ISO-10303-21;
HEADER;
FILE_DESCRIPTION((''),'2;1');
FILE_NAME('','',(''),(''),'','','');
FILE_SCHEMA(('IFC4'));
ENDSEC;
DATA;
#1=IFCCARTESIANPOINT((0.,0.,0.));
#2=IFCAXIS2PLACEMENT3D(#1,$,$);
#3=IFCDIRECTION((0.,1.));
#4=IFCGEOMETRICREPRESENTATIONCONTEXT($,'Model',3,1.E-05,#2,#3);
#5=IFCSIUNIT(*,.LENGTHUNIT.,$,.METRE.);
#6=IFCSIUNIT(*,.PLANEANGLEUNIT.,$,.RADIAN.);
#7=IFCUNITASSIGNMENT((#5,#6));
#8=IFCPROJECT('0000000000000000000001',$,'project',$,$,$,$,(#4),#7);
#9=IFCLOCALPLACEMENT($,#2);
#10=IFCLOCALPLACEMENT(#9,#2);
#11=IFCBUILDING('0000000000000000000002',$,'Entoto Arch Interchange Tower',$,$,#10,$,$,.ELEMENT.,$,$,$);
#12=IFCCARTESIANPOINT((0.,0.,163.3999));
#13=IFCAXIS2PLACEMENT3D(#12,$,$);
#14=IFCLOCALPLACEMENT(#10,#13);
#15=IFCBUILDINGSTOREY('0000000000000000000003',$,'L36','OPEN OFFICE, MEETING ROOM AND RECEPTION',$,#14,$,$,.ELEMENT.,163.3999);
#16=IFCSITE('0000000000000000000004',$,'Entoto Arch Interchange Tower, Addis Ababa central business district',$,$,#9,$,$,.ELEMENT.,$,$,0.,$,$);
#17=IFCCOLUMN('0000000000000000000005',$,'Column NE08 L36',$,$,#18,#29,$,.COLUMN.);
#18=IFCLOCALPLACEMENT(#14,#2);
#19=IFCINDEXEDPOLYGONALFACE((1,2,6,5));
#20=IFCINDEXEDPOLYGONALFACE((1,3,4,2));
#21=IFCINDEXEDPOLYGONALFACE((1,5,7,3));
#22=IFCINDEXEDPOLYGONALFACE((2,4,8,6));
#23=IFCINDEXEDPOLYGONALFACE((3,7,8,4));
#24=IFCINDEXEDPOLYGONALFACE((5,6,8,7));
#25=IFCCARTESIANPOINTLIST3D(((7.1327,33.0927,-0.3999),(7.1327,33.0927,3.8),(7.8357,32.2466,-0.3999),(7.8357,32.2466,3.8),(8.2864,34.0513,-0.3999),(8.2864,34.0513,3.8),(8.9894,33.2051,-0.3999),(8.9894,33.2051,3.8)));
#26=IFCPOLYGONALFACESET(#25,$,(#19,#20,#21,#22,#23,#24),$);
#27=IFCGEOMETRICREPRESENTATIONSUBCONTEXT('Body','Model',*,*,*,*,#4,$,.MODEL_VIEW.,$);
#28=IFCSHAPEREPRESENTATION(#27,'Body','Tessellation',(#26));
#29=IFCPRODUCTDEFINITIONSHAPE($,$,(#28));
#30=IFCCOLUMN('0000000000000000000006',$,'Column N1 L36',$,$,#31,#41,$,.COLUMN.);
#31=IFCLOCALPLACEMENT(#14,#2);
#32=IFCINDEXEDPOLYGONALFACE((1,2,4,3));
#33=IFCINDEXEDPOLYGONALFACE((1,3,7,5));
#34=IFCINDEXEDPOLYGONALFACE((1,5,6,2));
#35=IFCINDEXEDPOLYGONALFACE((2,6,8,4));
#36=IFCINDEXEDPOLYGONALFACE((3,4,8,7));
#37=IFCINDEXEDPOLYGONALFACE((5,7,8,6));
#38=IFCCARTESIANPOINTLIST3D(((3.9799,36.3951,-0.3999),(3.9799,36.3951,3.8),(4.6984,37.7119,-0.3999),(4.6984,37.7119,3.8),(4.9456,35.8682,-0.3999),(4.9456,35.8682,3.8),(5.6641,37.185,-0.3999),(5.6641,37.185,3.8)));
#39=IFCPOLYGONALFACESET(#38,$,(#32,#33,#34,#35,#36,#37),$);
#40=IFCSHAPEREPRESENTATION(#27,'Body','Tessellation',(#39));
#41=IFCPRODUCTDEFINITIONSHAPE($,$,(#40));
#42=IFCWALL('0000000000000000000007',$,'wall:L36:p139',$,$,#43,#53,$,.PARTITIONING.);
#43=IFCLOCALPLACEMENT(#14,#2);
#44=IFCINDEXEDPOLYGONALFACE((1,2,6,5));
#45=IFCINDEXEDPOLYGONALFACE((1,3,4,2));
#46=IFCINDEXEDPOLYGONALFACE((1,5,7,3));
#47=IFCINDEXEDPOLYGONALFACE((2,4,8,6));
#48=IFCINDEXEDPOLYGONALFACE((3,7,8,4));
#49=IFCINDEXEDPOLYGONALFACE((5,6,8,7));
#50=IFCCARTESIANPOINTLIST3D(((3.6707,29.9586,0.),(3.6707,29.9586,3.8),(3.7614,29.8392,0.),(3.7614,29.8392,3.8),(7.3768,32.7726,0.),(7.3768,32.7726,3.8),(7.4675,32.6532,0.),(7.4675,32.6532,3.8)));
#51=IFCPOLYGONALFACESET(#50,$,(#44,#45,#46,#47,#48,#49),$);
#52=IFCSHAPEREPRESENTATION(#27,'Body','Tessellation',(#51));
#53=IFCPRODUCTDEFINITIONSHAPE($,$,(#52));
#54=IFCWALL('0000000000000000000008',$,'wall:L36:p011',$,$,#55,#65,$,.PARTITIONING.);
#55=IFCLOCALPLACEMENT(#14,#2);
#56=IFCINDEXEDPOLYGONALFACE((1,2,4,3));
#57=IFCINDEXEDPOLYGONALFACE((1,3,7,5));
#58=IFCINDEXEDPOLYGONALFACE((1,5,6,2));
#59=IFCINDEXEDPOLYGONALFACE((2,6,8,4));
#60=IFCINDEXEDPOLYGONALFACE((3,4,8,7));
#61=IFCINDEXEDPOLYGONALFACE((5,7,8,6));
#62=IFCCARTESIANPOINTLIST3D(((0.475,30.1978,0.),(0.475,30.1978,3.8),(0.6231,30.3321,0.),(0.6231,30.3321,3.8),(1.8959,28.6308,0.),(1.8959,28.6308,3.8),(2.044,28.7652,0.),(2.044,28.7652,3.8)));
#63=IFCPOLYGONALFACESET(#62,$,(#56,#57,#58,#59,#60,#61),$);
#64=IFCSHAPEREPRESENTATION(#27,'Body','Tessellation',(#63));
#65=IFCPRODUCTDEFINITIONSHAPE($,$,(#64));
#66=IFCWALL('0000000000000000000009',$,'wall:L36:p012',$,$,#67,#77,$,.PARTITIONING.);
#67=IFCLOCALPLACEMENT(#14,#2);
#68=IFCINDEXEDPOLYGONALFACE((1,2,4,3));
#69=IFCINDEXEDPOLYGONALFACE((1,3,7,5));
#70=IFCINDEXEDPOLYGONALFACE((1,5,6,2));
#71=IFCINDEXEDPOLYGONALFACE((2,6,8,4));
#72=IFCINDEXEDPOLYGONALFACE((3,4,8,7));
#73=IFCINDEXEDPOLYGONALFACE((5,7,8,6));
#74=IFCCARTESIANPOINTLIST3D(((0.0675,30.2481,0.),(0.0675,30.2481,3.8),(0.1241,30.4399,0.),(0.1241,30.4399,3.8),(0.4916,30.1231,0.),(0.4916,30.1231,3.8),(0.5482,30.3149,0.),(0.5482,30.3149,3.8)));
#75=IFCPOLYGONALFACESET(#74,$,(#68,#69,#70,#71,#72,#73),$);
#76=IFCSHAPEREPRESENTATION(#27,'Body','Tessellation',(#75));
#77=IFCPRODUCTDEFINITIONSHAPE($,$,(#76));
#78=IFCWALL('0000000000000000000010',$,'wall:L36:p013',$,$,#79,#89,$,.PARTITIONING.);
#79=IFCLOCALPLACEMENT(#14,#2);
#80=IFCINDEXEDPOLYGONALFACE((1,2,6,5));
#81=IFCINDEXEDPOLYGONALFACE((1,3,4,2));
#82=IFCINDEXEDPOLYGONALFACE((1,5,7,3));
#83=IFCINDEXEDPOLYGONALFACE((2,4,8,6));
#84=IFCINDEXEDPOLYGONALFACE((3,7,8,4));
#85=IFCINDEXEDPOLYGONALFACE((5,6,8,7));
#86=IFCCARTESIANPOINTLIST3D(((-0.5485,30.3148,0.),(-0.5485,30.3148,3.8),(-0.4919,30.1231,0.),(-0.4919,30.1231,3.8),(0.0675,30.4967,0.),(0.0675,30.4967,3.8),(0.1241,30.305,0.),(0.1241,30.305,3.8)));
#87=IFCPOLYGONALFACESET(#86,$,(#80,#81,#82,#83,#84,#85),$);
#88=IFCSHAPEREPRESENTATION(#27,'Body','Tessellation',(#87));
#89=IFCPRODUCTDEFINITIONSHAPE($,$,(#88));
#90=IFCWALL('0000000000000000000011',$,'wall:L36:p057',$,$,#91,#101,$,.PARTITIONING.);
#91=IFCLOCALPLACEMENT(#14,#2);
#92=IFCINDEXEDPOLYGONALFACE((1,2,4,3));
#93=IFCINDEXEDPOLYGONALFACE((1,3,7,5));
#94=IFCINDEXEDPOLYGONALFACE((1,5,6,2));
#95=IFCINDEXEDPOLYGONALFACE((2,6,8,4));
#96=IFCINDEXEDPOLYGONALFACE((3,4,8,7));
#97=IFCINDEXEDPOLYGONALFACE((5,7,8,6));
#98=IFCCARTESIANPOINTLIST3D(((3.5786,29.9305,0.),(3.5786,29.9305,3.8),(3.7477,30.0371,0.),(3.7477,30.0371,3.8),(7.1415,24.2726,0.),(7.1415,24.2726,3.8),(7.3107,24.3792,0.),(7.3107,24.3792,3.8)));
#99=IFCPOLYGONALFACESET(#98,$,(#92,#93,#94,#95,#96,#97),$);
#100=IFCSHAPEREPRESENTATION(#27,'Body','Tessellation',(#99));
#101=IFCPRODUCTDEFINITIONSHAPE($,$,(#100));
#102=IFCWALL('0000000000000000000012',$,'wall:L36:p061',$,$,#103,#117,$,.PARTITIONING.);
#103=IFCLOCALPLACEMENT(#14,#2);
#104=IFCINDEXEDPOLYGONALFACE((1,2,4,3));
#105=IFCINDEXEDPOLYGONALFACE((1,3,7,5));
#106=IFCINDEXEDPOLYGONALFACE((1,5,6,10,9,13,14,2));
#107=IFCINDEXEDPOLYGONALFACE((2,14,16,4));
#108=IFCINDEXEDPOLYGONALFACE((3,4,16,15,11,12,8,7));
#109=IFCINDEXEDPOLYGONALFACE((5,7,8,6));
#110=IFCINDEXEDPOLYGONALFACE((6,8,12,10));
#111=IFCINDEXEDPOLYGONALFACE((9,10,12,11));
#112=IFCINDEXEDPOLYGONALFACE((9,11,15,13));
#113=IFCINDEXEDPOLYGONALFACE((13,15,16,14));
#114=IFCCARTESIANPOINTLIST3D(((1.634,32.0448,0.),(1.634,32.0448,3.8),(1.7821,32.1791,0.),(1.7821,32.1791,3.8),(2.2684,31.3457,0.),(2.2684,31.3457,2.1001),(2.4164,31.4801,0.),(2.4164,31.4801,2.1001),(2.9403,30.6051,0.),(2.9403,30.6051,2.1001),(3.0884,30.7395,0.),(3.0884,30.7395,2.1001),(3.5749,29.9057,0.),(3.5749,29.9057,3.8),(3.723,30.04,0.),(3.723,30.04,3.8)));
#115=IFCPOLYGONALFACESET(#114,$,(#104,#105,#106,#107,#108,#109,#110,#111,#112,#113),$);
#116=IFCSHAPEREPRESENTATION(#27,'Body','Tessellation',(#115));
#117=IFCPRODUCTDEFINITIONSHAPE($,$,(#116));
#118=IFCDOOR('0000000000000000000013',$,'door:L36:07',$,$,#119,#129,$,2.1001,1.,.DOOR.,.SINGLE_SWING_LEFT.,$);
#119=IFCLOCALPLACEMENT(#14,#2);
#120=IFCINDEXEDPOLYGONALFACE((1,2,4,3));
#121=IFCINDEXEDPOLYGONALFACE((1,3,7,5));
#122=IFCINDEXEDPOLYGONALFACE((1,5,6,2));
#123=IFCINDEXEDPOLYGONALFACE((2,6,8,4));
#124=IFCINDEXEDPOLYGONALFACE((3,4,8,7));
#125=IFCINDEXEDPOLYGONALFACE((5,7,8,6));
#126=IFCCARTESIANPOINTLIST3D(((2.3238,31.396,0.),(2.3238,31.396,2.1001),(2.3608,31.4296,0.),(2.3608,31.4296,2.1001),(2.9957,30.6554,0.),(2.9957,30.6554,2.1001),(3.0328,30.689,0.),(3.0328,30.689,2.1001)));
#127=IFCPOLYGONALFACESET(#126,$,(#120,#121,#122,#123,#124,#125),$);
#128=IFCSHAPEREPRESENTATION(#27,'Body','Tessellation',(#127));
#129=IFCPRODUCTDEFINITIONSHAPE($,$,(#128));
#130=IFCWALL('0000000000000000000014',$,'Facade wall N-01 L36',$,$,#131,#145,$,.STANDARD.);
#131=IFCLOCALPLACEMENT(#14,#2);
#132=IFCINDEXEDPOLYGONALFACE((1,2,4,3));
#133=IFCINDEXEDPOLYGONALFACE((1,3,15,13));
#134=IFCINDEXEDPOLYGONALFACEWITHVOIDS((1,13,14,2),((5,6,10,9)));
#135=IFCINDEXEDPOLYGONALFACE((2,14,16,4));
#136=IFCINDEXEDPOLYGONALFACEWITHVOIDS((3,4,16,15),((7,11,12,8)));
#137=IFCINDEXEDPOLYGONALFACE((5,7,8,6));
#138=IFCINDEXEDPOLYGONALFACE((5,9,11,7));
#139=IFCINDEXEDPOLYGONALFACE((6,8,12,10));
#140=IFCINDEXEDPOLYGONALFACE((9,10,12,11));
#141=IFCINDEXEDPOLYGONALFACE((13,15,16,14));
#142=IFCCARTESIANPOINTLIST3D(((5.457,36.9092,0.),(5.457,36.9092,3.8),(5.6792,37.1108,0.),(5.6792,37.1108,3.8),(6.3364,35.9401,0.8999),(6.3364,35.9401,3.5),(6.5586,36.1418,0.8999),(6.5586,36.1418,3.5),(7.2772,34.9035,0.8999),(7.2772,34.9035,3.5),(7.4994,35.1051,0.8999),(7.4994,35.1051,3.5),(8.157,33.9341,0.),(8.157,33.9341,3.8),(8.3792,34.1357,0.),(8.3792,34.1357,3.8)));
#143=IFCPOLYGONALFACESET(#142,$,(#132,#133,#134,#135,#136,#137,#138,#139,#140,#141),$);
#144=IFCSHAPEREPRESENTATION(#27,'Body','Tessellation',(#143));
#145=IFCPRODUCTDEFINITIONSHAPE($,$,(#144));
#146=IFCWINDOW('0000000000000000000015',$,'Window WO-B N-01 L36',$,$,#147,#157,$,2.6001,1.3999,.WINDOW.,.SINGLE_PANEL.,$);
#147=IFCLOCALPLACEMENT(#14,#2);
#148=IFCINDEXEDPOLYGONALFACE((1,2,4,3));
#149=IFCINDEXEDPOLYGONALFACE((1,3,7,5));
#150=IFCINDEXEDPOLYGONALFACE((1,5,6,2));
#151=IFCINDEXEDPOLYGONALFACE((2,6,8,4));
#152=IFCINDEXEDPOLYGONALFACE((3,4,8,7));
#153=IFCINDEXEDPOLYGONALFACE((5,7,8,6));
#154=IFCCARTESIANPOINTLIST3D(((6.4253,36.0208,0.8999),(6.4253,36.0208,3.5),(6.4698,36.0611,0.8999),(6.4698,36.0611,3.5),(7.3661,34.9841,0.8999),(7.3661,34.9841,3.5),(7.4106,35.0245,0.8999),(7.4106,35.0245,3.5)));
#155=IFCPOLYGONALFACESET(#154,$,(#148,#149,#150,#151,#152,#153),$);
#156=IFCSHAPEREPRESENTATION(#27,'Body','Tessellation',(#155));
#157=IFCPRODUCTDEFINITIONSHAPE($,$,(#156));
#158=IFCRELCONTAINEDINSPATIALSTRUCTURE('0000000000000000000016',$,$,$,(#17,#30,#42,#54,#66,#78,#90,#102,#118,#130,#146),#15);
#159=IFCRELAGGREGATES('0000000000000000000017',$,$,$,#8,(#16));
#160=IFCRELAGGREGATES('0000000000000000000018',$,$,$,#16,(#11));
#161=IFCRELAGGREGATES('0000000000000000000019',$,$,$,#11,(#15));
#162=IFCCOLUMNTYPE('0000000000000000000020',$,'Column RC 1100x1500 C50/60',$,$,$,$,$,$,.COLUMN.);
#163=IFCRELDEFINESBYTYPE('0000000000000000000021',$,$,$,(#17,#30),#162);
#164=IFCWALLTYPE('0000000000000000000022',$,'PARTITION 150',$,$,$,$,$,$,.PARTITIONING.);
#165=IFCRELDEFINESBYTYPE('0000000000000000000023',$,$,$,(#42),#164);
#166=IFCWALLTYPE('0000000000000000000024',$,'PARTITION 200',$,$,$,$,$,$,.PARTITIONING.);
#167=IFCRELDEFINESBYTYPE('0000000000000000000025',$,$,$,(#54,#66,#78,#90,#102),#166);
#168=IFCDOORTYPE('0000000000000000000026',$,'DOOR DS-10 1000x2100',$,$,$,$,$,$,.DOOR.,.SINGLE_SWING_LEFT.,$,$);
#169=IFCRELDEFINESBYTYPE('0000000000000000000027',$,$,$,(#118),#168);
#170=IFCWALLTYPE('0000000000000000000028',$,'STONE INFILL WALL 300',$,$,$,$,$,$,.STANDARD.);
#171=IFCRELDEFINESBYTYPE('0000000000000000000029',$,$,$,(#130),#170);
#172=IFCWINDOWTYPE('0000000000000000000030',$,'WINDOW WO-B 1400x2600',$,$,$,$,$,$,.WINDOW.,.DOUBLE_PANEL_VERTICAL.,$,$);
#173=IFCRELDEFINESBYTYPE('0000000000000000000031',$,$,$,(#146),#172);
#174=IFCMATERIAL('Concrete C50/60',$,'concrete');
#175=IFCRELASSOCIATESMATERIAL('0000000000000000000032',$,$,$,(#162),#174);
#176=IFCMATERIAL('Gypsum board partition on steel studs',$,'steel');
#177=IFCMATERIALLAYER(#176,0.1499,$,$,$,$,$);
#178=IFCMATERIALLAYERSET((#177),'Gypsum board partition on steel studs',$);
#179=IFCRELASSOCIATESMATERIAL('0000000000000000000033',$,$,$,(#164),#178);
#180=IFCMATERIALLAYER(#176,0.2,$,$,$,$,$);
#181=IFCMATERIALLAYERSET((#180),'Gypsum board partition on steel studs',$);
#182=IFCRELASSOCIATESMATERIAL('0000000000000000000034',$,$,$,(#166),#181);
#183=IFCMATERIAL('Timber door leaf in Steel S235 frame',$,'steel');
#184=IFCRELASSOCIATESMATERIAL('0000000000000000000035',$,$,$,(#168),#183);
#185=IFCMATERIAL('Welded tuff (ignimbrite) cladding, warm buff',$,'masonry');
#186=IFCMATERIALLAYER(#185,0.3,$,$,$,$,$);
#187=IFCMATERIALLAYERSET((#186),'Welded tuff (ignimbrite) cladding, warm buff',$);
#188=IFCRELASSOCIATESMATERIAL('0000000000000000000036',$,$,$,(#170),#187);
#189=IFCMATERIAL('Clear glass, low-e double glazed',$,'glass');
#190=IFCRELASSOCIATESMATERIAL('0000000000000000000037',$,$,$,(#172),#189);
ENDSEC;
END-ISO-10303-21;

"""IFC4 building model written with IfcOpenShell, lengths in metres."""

from ifc_helpers import new_model, si_unit, direction, frame, frame_2d, origin, origin_2d, place, context, subcontext, project, spatial, rectangle, extrude, material, layer, layer_set, material_profile, profile_set, type_object, element, fill, save


model = new_model("IFC4")

# Units and contexts
model_context = context("Model", 3, precision=1e-05, world=origin(), true_north=direction((0.0, 1.0)))
body_context = subcontext(model_context, "Body", "Model", "MODEL_VIEW")
ifc_project = project(units=[si_unit("LENGTHUNIT", "METRE"), si_unit("PLANEANGLEUNIT", "RADIAN")], contexts=[model_context])

# Site, building, storey
site_placement = place(None, origin())
site = spatial("IfcSite", under=ifc_project, at=site_placement, Name="Entoto Arch Interchange Tower, Addis Ababa central business district", CompositionType="ELEMENT", RefElevation=0.0)
building_placement = place(site_placement, origin())
building = spatial("IfcBuilding", under=site, at=building_placement, Name="Entoto Arch Interchange Tower", CompositionType="ELEMENT")
storey_placement = place(building_placement, frame((0.0, 0.0, 163.3999)))
storey = spatial("IfcBuildingStorey", under=building, at=storey_placement, Name="L36", Description="OPEN OFFICE, MEETING ROOM AND RECEPTION", CompositionType="ELEMENT", Elevation=163.3999)

# Columns
ifc_material_1 = material(Name="Concrete C50/60", Category="concrete")
ifc_material_profile = material_profile(ifc_material_1, rectangle(XDim=1.1001, YDim=1.5, at=origin_2d()))
ifc_profile_set = profile_set([ifc_material_profile], Name="Concrete C50/60")
column_type = type_object("IfcColumnType", Name="Column RC 1100x1500 C50/60", PredefinedType="COLUMN", material=ifc_profile_set)
for number, where, z_axis, x_axis, name in (
    (1, (8.061, 33.1489, -0.3999), (0.0, 0.0, 1.0), (-0.63905, 0.769165, 0.0), "Column NE08 L36"),
    (2, (4.822, 36.79, -0.3999), (0.0, 0.0, 1.0), (-0.877833, 0.478968, 0.0), "Column N1 L36"),
):
    element("IfcColumn", number, at=place(storey_placement, frame(where, z_axis=z_axis, x_axis=x_axis)), inside=storey, type_object=column_type, Name=name, PredefinedType="COLUMN", context=body_context, shape_type="SweptSolid", body=[
        extrude(rectangle(XDim=1.1001, YDim=1.5, at=origin_2d()), origin(), (0.0, 0.0, 1.0), 4.2),
    ])

# Walls
ifc_material_2 = material(Name="Gypsum board partition on steel studs", Category="steel")
ifc_layer_1 = layer(ifc_material_2, 0.1499)
ifc_layer_set_1 = layer_set([ifc_layer_1], Name="Gypsum board partition on steel studs")
wall_type_1 = type_object("IfcWallType", Name="PARTITION 150", PredefinedType="PARTITIONING", material=ifc_layer_set_1)
wall_1_placement = place(storey_placement, frame((3.7161, 29.8989, 0.0), z_axis=(0.0, 0.0, 1.0), x_axis=(0.796435, 0.604724, 0.0)))
element("IfcWall", 3, at=wall_1_placement, inside=storey, type_object=wall_type_1, Name="wall:L36:p139", PredefinedType="PARTITIONING", context=body_context, shape_type="SweptSolid", body=[
    extrude(rectangle(XDim=4.6533, YDim=0.1499, at=frame_2d((2.3267, 0.0))), origin(), (0.0, 0.0, 1.0), 3.8),
])
ifc_layer_2 = layer(ifc_material_2, 0.2)
ifc_layer_set_2 = layer_set([ifc_layer_2], Name="Gypsum board partition on steel studs")
wall_type_2 = type_object("IfcWallType", Name="PARTITION 200", PredefinedType="PARTITIONING", material=ifc_layer_set_2)
wall_2_placement = place(storey_placement, frame((1.97, 28.698, 0.0), z_axis=(0.0, 0.0, 1.0), x_axis=(-0.671753, 0.740775, 0.0)))
element("IfcWall", 4, at=wall_2_placement, inside=storey, type_object=wall_type_2, Name="wall:L36:p011", PredefinedType="PARTITIONING", context=body_context, shape_type="SweptSolid", body=[
    extrude(rectangle(XDim=2.1152, YDim=0.2, at=frame_2d((1.0576, 0.0))), origin(), (0.0, 0.0, 1.0), 3.8),
])
wall_3_placement = place(storey_placement, frame((0.52, 30.219, 0.0), z_axis=(0.0, 0.0, 1.0), x_axis=(-0.959198, 0.282734, 0.0)))
element("IfcWall", 5, at=wall_3_placement, inside=storey, type_object=wall_type_2, Name="wall:L36:p012", PredefinedType="PARTITIONING", context=body_context, shape_type="SweptSolid", body=[
    extrude(rectangle(XDim=0.4421, YDim=0.2, at=frame_2d((0.2212, 0.0))), origin(), (0.0, 0.0, 1.0), 3.8),
])
wall_4_placement = place(storey_placement, frame((0.0959, 30.4009, 0.0), z_axis=(0.0, 0.0, 1.0), x_axis=(-0.959062, -0.283195, 0.0)))
element("IfcWall", 6, at=wall_4_placement, inside=storey, type_object=wall_type_2, Name="wall:L36:p013", PredefinedType="PARTITIONING", context=body_context, shape_type="SweptSolid", body=[
    extrude(rectangle(XDim=0.6423, YDim=0.2, at=frame_2d((0.3213, 0.0))), origin(), (0.0, 0.0, 1.0), 3.8),
])
wall_5_placement = place(storey_placement, frame((3.6631, 29.9839, 0.0), z_axis=(0.0, 0.0, 1.0), x_axis=(0.532874, -0.846194, 0.0)))
element("IfcWall", 7, at=wall_5_placement, inside=storey, type_object=wall_type_2, Name="wall:L36:p057", PredefinedType="PARTITIONING", context=body_context, shape_type="SweptSolid", body=[
    extrude(rectangle(XDim=6.6863, YDim=0.2, at=frame_2d((3.3433, 0.0))), origin(), (0.0, 0.0, 1.0), 3.8),
])

# Wall, opening, door
wall_6_placement = place(storey_placement, frame((1.708, 32.1121, 0.0), z_axis=(0.0, 0.0, 1.0), x_axis=(0.671957, -0.74059, 0.0)))
wall_6 = element("IfcWall", 8, at=wall_6_placement, inside=storey, type_object=wall_type_2, Name="wall:L36:p061", PredefinedType="PARTITIONING", context=body_context, shape_type="SweptSolid", body=[
    extrude(rectangle(XDim=2.8884, YDim=0.2, at=frame_2d((1.4443, 0.0))), origin(), (0.0, 0.0, 1.0), 3.8),
])
opening_1_placement = place(wall_6_placement, frame((0.9441, 0.0, 0.0)))
opening_1 = element("IfcOpeningElement", 9, at=opening_1_placement, cuts=wall_6, PredefinedType="OPENING", context=body_context, shape_type="SweptSolid", body=[
    extrude(rectangle(XDim=1.0, YDim=2.1001, at=frame_2d((0.5, 1.05))), frame((0.0, 0.1099, 0.0), z_axis=(0.0, -1.0, 0.0), x_axis=(1.0, 0.0, 0.0)), (0.0, 0.0, 1.0), 0.22),
])
ifc_material_3 = material(Name="Timber door leaf in Steel S235 frame", Category="steel")
door_type = type_object("IfcDoorType", Name="DOOR DS-10 1000x2100", OperationType="SINGLE_SWING_LEFT", PredefinedType="DOOR", material=ifc_material_3)
door_placement = place(opening_1_placement, origin())
door = element("IfcDoor", 10, at=door_placement, inside=storey, type_object=door_type, Name="door:L36:07", OperationType="SINGLE_SWING_LEFT", OverallHeight=2.1001, OverallWidth=1.0, PredefinedType="DOOR", context=body_context, shape_type="SweptSolid", body=[
    extrude(rectangle(XDim=1.0, YDim=2.1001, at=frame_2d((0.5, 1.05))), frame((0.0, 0.0249, 0.0), z_axis=(0.0, -1.0, 0.0), x_axis=(1.0, 0.0, 0.0)), (0.0, 0.0, 1.0), 0.05),
])
fill(opening_1, door)

# Wall, opening, window
ifc_material_4 = material(Name="Welded tuff (ignimbrite) cladding, warm buff", Category="masonry")
ifc_layer_3 = layer(ifc_material_4, 0.3)
ifc_layer_set_3 = layer_set([ifc_layer_3], Name="Welded tuff (ignimbrite) cladding, warm buff")
wall_type_3 = type_object("IfcWallType", Name="STONE INFILL WALL 300", PredefinedType="STANDARD", material=ifc_layer_set_3)
wall_7_placement = place(storey_placement, frame((8.2681, 34.0349, 0.0), z_axis=(0.0, 0.0, 1.0), x_axis=(-0.672034, 0.74052, 0.0)))
wall_7 = element("IfcWall", 11, at=wall_7_placement, inside=storey, type_object=wall_type_3, Name="Facade wall N-01 L36", PredefinedType="STANDARD", context=body_context, shape_type="SweptSolid", body=[
    extrude(rectangle(XDim=4.0176, YDim=0.3, at=frame_2d((2.0088, 0.0))), origin(), (0.0, 0.0, 1.0), 3.8),
])
opening_2_placement = place(wall_7_placement, frame((1.3091, 0.0, 0.8999)))
opening_2 = element("IfcOpeningElement", 12, at=opening_2_placement, cuts=wall_7, PredefinedType="OPENING", context=body_context, shape_type="SweptSolid", body=[
    extrude(rectangle(XDim=1.3999, YDim=2.6001, at=frame_2d((0.7, 1.3))), frame((0.0, 0.1602, 0.0), z_axis=(0.0, -1.0, 0.0), x_axis=(1.0, 0.0, 0.0)), (0.0, 0.0, 1.0), 0.3201),
])
ifc_material_5 = material(Name="Clear glass, low-e double glazed", Category="glass")
window_type = type_object("IfcWindowType", Name="WINDOW WO-B 1400x2600", PartitioningType="DOUBLE_PANEL_VERTICAL", PredefinedType="WINDOW", material=ifc_material_5)
window_1_placement = place(opening_2_placement, origin())
window_1 = element("IfcWindow", 13, at=window_1_placement, inside=storey, type_object=window_type, Name="Window WO-B N-01 L36", OverallHeight=2.6001, OverallWidth=1.3999, PartitioningType="SINGLE_PANEL", PredefinedType="WINDOW", context=body_context, shape_type="SweptSolid", body=[
    extrude(rectangle(XDim=1.3999, YDim=2.6001, at=frame_2d((0.7, 1.3))), frame((0.0, 0.03, 0.0), z_axis=(0.0, -1.0, 0.0), x_axis=(1.0, 0.0, 0.0)), (0.0, 0.0, 1.0), 0.0601),
])
fill(opening_2, window_1)

save(model, "model.ifc")
